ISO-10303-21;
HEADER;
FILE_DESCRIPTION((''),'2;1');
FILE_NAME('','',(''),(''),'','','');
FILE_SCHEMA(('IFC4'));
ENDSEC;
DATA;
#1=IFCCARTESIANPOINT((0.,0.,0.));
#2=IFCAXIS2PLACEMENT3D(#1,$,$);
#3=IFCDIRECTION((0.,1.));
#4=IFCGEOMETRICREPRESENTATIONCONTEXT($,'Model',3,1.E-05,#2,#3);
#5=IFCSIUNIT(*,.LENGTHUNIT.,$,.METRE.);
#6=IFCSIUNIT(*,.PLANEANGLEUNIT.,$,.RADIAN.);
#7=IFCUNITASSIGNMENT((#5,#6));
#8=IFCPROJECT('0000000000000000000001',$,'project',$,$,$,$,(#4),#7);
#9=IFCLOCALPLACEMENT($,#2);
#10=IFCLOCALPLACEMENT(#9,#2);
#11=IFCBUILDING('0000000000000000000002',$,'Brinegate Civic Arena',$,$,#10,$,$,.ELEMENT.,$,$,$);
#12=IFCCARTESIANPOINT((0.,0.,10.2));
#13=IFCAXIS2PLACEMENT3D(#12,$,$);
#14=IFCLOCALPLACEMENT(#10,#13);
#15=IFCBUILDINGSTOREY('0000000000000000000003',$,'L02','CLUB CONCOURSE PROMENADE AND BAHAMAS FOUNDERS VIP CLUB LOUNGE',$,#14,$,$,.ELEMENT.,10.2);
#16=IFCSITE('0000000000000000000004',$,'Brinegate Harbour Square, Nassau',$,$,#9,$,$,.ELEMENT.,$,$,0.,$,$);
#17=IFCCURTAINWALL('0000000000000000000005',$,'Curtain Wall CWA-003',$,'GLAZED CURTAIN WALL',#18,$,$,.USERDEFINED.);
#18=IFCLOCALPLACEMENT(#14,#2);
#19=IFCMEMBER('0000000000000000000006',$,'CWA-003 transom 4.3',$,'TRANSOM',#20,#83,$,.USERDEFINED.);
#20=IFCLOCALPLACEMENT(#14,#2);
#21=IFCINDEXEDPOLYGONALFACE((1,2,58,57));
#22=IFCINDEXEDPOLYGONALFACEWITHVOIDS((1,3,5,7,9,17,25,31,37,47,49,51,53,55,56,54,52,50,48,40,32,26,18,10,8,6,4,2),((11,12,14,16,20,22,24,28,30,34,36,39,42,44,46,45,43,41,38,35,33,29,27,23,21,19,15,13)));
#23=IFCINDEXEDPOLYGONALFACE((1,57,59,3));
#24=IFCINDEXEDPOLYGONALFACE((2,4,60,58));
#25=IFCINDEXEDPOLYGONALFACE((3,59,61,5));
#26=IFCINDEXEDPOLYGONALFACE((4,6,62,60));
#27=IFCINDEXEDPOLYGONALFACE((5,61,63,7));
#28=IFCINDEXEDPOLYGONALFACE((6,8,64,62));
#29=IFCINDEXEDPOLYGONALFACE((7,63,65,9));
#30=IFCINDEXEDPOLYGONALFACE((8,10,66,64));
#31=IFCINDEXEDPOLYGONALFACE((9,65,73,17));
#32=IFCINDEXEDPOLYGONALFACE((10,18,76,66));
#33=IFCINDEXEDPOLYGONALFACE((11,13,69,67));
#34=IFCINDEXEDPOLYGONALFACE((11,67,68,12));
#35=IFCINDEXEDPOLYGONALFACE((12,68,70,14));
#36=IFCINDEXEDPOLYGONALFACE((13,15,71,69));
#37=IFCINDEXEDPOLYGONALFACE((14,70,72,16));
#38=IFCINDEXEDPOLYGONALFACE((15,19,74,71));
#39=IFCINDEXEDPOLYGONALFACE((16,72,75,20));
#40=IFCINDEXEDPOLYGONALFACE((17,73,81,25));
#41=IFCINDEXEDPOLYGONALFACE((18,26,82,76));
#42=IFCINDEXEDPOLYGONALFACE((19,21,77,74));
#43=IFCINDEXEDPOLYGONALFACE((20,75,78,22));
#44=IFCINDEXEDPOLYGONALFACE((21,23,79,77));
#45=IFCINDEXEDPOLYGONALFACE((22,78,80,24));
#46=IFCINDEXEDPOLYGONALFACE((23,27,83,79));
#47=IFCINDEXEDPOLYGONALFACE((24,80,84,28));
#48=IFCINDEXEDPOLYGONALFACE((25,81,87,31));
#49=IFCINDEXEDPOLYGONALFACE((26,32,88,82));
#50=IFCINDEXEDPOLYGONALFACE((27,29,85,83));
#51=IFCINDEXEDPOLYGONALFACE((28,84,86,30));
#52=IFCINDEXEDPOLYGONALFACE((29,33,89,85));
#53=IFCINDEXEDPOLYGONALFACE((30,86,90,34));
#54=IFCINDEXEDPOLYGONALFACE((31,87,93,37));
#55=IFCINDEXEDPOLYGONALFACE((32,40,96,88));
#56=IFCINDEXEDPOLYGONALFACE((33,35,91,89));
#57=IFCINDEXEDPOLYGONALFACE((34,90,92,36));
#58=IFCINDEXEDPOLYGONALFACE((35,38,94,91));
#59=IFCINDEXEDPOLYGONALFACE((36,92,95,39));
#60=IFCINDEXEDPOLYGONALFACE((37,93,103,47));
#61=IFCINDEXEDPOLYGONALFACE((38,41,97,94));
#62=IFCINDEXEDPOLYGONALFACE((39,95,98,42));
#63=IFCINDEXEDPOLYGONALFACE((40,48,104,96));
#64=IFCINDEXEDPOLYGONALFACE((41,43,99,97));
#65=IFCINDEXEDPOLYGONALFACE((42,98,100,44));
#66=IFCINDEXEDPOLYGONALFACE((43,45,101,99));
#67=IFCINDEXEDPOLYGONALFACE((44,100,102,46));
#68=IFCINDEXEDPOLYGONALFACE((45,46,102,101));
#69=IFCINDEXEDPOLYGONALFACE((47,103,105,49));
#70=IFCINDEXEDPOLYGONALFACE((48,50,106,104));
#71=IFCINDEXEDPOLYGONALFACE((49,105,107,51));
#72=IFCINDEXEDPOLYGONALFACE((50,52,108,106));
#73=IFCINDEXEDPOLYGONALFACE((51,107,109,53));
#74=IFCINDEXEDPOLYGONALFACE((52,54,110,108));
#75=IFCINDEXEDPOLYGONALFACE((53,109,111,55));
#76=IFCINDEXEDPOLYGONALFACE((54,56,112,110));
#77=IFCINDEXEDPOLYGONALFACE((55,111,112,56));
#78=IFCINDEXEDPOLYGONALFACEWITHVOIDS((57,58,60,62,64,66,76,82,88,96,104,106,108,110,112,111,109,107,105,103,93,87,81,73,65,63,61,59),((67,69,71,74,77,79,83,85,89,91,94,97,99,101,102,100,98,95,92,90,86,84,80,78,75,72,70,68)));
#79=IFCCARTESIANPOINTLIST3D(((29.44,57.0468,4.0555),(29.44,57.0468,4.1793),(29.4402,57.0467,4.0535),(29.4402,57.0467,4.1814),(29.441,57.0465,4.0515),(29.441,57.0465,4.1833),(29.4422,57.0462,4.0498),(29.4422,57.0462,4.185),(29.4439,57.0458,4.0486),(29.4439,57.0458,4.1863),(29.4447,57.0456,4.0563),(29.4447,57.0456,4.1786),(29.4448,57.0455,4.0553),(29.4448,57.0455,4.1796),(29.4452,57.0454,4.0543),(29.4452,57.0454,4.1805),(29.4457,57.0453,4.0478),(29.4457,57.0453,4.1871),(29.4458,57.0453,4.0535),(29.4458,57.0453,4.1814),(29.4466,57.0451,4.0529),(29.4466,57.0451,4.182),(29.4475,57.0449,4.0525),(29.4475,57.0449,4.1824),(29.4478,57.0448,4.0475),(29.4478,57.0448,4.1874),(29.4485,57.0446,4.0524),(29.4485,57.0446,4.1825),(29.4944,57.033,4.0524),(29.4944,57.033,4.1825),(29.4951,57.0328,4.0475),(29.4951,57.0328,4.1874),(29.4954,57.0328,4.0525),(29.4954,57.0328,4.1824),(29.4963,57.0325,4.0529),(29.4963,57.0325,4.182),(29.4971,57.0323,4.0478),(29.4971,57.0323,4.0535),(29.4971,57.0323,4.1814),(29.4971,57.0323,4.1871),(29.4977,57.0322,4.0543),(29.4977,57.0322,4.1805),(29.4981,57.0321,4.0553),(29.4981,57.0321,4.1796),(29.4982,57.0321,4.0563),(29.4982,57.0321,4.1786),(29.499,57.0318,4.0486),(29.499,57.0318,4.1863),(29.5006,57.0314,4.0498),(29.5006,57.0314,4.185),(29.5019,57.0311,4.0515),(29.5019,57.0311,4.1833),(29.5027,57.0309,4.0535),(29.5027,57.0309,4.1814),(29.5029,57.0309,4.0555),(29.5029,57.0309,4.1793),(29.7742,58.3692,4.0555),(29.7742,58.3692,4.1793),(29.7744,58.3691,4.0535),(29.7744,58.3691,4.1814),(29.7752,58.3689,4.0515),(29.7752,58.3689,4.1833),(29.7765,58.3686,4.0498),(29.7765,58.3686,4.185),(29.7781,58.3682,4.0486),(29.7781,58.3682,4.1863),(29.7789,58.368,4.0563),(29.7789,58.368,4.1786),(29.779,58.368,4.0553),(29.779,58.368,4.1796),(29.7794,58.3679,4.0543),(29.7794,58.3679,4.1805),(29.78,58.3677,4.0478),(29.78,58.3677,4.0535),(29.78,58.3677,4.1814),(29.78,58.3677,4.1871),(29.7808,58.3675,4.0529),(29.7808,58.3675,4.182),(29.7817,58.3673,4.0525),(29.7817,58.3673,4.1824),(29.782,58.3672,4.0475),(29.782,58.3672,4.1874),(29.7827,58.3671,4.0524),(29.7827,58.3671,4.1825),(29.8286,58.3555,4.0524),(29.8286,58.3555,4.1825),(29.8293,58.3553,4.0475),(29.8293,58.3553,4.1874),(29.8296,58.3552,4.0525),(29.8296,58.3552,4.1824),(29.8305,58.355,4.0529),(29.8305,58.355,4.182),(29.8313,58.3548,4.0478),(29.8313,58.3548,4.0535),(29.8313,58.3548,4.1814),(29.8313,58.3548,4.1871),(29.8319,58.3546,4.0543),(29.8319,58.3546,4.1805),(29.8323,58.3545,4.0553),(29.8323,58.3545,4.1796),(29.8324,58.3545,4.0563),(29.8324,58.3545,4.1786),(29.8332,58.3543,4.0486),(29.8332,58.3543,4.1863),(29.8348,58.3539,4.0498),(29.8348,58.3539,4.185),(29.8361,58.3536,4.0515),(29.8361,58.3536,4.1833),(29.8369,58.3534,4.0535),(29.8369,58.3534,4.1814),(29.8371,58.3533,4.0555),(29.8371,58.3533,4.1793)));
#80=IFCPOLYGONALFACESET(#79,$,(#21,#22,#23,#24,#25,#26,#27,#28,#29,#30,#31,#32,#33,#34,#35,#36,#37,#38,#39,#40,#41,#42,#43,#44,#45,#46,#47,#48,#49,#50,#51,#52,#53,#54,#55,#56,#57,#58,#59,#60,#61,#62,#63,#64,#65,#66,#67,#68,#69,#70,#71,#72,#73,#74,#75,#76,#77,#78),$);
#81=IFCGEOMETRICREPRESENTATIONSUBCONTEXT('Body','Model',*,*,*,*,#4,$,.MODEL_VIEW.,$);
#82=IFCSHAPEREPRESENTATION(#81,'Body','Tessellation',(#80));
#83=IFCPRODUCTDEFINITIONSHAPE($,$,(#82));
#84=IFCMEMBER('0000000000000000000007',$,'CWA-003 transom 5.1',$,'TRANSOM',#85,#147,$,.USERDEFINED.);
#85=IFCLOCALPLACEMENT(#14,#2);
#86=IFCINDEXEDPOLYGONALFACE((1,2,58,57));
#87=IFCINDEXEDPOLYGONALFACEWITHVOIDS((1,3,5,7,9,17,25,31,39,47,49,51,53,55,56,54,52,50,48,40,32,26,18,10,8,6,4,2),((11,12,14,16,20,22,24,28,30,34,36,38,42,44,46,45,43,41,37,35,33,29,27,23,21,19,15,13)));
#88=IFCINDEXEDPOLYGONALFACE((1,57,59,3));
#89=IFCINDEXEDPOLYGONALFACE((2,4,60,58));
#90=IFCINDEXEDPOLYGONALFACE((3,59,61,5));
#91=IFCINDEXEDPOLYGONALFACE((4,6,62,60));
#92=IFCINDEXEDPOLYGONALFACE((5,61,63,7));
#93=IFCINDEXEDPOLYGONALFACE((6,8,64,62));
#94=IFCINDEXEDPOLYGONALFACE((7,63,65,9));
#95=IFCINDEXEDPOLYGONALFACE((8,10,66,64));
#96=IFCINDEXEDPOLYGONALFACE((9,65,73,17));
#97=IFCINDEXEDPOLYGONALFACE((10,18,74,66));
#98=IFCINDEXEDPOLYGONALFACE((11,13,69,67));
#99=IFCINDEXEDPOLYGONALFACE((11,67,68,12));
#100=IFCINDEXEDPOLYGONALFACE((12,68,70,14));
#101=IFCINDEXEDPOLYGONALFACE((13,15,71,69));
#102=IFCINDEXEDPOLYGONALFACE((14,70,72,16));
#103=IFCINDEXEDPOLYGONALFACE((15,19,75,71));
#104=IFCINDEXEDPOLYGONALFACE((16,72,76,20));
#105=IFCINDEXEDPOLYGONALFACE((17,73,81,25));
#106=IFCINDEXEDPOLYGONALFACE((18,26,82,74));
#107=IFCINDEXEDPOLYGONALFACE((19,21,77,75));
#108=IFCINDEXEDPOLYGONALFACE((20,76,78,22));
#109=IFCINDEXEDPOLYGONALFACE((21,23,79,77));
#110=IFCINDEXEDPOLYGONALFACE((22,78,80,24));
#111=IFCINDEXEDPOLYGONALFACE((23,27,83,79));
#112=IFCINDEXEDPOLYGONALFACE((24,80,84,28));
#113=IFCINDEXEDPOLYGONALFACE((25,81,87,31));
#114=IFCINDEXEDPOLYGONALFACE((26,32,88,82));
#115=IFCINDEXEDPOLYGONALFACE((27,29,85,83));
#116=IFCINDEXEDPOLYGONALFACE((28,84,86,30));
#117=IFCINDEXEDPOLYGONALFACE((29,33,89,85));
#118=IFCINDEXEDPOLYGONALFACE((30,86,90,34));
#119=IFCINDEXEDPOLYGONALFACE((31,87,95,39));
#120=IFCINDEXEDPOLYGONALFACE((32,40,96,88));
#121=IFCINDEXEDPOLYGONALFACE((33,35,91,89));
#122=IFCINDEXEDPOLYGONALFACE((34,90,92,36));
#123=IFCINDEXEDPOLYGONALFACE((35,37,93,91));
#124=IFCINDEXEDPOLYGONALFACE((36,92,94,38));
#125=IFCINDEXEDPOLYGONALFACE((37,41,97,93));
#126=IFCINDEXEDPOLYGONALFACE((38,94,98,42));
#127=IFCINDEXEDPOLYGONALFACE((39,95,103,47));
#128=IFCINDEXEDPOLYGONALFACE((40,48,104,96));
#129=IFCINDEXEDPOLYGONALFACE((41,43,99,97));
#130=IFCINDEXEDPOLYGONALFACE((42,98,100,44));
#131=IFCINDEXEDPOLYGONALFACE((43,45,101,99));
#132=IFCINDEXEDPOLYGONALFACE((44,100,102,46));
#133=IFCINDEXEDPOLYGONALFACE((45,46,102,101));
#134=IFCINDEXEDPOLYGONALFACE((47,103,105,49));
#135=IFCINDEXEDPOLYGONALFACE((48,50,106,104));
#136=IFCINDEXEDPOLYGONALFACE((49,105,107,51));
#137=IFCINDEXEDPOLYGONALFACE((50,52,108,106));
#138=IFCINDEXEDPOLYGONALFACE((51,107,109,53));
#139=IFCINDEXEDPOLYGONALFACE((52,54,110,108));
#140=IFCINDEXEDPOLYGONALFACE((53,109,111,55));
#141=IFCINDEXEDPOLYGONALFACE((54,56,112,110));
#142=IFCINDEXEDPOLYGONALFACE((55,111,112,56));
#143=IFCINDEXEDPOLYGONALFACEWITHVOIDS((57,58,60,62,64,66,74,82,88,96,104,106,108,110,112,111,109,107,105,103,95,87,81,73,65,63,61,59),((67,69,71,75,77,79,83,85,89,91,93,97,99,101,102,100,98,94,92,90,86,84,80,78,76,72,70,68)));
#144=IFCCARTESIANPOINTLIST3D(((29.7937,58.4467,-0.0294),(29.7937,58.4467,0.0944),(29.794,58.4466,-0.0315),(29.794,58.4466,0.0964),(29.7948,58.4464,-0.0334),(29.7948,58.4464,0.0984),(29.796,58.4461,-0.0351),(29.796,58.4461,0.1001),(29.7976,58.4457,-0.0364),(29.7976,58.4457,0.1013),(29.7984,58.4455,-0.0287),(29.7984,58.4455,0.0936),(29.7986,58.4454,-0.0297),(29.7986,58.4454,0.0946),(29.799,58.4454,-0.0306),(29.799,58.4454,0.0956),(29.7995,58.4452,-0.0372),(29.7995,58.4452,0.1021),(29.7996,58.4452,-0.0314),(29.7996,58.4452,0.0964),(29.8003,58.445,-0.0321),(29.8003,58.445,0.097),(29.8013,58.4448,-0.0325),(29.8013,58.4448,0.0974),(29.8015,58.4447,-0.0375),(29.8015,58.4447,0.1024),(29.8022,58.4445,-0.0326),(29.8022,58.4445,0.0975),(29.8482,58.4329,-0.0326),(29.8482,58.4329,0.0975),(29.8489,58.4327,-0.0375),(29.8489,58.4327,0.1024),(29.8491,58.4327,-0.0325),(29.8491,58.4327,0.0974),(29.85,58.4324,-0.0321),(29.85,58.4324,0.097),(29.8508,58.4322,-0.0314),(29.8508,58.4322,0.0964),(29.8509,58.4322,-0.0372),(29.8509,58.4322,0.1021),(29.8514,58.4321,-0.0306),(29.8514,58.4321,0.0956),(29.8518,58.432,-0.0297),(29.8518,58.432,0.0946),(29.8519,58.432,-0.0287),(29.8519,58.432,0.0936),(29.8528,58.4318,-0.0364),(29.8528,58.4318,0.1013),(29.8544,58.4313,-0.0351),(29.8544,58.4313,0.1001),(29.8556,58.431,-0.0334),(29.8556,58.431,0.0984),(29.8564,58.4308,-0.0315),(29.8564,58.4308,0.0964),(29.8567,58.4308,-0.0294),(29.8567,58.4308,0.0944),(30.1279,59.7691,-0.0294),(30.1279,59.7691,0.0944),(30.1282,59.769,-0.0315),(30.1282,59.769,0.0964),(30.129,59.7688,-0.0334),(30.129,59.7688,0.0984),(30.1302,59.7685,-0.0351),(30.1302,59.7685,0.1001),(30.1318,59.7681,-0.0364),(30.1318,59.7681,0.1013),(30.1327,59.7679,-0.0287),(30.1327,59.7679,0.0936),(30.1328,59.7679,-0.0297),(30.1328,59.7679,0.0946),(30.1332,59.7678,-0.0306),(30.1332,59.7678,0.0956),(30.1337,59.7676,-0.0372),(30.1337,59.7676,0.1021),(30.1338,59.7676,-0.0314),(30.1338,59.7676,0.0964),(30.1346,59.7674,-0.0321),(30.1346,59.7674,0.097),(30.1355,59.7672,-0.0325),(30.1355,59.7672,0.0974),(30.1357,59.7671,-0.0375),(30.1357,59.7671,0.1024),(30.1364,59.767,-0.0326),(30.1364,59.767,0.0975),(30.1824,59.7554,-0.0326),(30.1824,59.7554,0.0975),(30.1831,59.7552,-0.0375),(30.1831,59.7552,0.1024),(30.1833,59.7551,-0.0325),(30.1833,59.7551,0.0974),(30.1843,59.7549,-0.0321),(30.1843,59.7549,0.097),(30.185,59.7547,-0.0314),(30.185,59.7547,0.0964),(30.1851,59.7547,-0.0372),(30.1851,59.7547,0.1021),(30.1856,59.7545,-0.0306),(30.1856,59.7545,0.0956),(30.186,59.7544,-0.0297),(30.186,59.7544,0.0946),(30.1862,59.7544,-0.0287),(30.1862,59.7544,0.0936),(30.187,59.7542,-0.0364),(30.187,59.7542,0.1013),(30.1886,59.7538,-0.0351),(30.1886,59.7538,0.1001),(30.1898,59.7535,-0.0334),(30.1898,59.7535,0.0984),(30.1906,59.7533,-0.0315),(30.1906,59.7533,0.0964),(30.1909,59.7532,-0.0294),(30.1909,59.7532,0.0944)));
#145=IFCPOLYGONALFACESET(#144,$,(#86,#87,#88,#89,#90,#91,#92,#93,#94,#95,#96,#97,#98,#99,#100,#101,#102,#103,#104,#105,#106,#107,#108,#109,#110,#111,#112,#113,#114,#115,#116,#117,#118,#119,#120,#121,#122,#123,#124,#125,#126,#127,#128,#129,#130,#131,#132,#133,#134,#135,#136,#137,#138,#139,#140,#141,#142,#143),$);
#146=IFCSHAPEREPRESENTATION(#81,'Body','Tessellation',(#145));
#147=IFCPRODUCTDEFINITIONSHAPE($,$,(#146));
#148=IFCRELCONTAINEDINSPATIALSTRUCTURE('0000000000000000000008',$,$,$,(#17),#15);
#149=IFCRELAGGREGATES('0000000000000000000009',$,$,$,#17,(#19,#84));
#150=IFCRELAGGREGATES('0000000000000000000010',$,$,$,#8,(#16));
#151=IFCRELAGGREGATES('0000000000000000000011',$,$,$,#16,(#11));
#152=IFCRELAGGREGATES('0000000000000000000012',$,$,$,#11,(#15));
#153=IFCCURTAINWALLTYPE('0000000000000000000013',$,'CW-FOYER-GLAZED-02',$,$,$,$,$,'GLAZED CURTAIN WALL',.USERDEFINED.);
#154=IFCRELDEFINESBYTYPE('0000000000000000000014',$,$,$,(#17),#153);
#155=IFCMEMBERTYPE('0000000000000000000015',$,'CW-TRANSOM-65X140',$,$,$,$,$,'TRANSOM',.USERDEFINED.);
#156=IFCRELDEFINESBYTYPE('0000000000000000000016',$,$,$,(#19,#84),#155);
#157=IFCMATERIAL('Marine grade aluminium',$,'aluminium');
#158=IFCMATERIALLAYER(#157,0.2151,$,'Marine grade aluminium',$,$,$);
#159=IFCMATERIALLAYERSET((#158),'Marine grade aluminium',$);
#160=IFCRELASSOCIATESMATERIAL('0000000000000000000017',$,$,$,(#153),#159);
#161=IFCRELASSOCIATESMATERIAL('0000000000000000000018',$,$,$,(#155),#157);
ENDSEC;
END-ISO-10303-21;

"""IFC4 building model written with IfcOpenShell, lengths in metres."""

from ifc_helpers import new_model, si_unit, direction, frame, origin, origin_2d, place, context, subcontext, project, spatial, hollow_rectangle, extrude, material, layer, layer_set, material_profile, profile_set, type_object, element, aggregate, save


model = new_model("IFC4")

# Units and contexts
model_context = context("Model", 3, precision=1e-05, world=origin(), true_north=direction((0.0, 1.0)))
body_context = subcontext(model_context, "Body", "Model", "MODEL_VIEW")
ifc_project = project(units=[si_unit("LENGTHUNIT", "METRE"), si_unit("PLANEANGLEUNIT", "RADIAN")], contexts=[model_context])

# Site, building, storey
site_placement = place(None, origin())
site = spatial("IfcSite", under=ifc_project, at=site_placement, Name="Brinegate Harbour Square, Nassau", CompositionType="ELEMENT", RefElevation=0.0)
building_placement = place(site_placement, origin())
building = spatial("IfcBuilding", under=site, at=building_placement, Name="Brinegate Civic Arena", CompositionType="ELEMENT")
storey_placement = place(building_placement, frame((0.0, 0.0, 10.2)))
storey = spatial("IfcBuildingStorey", under=building, at=storey_placement, Name="L02", Description="CLUB CONCOURSE PROMENADE AND BAHAMAS FOUNDERS VIP CLUB LOUNGE", CompositionType="ELEMENT", Elevation=10.2)

# Curtain wall, members
ifc_material_1 = material(Name="Marine grade aluminium", Category="aluminium")
ifc_layer_1 = layer(ifc_material_1, 0.2151, Name="Marine grade aluminium")
ifc_layer_set_1 = layer_set([ifc_layer_1], Name="Marine grade aluminium")
curtain_wall_type = type_object("IfcCurtainWallType", Name="CW-FOYER-GLAZED-02", ElementType="GLAZED CURTAIN WALL", PredefinedType="USERDEFINED", material=ifc_layer_set_1)
curtain_wall_placement = place(storey_placement, origin())
curtain_wall = element("IfcCurtainWall", 1, at=curtain_wall_placement, inside=storey, type_object=curtain_wall_type, Name="Curtain Wall CWA-003", ObjectType="GLAZED CURTAIN WALL", PredefinedType="USERDEFINED")
ifc_material_profile_1 = material_profile(ifc_material_1, hollow_rectangle(XDim=0.0649, YDim=0.1399, WallThickness=0.0049, InnerFilletRadius=0.0039, OuterFilletRadius=0.0081, at=origin_2d()), Name="TRN65X140")
ifc_profile_set_1 = profile_set([ifc_material_profile_1], Name="Marine grade aluminium")
member_type_1 = type_object("IfcMemberType", Name="CW-TRANSOM-65X140", ElementType="TRANSOM", PredefinedType="USERDEFINED", material=ifc_profile_set_1)
member_1_placement = place(storey_placement, frame((29.4714, 57.0388, 4.1174), z_axis=(0.245019, 0.969518, 0.0), x_axis=(-0.969518, 0.245019, 0.0)))
member_1 = element("IfcMember", 2, at=member_1_placement, type_object=member_type_1, Name="CWA-003 transom 4.3", ObjectType="TRANSOM", PredefinedType="USERDEFINED", context=body_context, shape_type="SweptSolid", body=[
    extrude(hollow_rectangle(XDim=0.0649, YDim=0.1399, WallThickness=0.0049, InnerFilletRadius=0.0039, OuterFilletRadius=0.0081, at=origin_2d()), origin(), (0.0, 0.0, 1.0), 1.364),
])
member_2_placement = place(storey_placement, frame((29.8252, 58.4387, 0.0325), z_axis=(0.245019, 0.969518, 0.0), x_axis=(-0.969518, 0.245019, 0.0)))
member_2 = element("IfcMember", 3, at=member_2_placement, type_object=member_type_1, Name="CWA-003 transom 5.1", ObjectType="TRANSOM", PredefinedType="USERDEFINED", context=body_context, shape_type="SweptSolid", body=[
    extrude(hollow_rectangle(XDim=0.0649, YDim=0.1399, WallThickness=0.0049, InnerFilletRadius=0.0039, OuterFilletRadius=0.0081, at=origin_2d()), origin(), (0.0, 0.0, 1.0), 1.364),
])
aggregate(curtain_wall, [member_1, member_2])

save(model, "model.ifc")
